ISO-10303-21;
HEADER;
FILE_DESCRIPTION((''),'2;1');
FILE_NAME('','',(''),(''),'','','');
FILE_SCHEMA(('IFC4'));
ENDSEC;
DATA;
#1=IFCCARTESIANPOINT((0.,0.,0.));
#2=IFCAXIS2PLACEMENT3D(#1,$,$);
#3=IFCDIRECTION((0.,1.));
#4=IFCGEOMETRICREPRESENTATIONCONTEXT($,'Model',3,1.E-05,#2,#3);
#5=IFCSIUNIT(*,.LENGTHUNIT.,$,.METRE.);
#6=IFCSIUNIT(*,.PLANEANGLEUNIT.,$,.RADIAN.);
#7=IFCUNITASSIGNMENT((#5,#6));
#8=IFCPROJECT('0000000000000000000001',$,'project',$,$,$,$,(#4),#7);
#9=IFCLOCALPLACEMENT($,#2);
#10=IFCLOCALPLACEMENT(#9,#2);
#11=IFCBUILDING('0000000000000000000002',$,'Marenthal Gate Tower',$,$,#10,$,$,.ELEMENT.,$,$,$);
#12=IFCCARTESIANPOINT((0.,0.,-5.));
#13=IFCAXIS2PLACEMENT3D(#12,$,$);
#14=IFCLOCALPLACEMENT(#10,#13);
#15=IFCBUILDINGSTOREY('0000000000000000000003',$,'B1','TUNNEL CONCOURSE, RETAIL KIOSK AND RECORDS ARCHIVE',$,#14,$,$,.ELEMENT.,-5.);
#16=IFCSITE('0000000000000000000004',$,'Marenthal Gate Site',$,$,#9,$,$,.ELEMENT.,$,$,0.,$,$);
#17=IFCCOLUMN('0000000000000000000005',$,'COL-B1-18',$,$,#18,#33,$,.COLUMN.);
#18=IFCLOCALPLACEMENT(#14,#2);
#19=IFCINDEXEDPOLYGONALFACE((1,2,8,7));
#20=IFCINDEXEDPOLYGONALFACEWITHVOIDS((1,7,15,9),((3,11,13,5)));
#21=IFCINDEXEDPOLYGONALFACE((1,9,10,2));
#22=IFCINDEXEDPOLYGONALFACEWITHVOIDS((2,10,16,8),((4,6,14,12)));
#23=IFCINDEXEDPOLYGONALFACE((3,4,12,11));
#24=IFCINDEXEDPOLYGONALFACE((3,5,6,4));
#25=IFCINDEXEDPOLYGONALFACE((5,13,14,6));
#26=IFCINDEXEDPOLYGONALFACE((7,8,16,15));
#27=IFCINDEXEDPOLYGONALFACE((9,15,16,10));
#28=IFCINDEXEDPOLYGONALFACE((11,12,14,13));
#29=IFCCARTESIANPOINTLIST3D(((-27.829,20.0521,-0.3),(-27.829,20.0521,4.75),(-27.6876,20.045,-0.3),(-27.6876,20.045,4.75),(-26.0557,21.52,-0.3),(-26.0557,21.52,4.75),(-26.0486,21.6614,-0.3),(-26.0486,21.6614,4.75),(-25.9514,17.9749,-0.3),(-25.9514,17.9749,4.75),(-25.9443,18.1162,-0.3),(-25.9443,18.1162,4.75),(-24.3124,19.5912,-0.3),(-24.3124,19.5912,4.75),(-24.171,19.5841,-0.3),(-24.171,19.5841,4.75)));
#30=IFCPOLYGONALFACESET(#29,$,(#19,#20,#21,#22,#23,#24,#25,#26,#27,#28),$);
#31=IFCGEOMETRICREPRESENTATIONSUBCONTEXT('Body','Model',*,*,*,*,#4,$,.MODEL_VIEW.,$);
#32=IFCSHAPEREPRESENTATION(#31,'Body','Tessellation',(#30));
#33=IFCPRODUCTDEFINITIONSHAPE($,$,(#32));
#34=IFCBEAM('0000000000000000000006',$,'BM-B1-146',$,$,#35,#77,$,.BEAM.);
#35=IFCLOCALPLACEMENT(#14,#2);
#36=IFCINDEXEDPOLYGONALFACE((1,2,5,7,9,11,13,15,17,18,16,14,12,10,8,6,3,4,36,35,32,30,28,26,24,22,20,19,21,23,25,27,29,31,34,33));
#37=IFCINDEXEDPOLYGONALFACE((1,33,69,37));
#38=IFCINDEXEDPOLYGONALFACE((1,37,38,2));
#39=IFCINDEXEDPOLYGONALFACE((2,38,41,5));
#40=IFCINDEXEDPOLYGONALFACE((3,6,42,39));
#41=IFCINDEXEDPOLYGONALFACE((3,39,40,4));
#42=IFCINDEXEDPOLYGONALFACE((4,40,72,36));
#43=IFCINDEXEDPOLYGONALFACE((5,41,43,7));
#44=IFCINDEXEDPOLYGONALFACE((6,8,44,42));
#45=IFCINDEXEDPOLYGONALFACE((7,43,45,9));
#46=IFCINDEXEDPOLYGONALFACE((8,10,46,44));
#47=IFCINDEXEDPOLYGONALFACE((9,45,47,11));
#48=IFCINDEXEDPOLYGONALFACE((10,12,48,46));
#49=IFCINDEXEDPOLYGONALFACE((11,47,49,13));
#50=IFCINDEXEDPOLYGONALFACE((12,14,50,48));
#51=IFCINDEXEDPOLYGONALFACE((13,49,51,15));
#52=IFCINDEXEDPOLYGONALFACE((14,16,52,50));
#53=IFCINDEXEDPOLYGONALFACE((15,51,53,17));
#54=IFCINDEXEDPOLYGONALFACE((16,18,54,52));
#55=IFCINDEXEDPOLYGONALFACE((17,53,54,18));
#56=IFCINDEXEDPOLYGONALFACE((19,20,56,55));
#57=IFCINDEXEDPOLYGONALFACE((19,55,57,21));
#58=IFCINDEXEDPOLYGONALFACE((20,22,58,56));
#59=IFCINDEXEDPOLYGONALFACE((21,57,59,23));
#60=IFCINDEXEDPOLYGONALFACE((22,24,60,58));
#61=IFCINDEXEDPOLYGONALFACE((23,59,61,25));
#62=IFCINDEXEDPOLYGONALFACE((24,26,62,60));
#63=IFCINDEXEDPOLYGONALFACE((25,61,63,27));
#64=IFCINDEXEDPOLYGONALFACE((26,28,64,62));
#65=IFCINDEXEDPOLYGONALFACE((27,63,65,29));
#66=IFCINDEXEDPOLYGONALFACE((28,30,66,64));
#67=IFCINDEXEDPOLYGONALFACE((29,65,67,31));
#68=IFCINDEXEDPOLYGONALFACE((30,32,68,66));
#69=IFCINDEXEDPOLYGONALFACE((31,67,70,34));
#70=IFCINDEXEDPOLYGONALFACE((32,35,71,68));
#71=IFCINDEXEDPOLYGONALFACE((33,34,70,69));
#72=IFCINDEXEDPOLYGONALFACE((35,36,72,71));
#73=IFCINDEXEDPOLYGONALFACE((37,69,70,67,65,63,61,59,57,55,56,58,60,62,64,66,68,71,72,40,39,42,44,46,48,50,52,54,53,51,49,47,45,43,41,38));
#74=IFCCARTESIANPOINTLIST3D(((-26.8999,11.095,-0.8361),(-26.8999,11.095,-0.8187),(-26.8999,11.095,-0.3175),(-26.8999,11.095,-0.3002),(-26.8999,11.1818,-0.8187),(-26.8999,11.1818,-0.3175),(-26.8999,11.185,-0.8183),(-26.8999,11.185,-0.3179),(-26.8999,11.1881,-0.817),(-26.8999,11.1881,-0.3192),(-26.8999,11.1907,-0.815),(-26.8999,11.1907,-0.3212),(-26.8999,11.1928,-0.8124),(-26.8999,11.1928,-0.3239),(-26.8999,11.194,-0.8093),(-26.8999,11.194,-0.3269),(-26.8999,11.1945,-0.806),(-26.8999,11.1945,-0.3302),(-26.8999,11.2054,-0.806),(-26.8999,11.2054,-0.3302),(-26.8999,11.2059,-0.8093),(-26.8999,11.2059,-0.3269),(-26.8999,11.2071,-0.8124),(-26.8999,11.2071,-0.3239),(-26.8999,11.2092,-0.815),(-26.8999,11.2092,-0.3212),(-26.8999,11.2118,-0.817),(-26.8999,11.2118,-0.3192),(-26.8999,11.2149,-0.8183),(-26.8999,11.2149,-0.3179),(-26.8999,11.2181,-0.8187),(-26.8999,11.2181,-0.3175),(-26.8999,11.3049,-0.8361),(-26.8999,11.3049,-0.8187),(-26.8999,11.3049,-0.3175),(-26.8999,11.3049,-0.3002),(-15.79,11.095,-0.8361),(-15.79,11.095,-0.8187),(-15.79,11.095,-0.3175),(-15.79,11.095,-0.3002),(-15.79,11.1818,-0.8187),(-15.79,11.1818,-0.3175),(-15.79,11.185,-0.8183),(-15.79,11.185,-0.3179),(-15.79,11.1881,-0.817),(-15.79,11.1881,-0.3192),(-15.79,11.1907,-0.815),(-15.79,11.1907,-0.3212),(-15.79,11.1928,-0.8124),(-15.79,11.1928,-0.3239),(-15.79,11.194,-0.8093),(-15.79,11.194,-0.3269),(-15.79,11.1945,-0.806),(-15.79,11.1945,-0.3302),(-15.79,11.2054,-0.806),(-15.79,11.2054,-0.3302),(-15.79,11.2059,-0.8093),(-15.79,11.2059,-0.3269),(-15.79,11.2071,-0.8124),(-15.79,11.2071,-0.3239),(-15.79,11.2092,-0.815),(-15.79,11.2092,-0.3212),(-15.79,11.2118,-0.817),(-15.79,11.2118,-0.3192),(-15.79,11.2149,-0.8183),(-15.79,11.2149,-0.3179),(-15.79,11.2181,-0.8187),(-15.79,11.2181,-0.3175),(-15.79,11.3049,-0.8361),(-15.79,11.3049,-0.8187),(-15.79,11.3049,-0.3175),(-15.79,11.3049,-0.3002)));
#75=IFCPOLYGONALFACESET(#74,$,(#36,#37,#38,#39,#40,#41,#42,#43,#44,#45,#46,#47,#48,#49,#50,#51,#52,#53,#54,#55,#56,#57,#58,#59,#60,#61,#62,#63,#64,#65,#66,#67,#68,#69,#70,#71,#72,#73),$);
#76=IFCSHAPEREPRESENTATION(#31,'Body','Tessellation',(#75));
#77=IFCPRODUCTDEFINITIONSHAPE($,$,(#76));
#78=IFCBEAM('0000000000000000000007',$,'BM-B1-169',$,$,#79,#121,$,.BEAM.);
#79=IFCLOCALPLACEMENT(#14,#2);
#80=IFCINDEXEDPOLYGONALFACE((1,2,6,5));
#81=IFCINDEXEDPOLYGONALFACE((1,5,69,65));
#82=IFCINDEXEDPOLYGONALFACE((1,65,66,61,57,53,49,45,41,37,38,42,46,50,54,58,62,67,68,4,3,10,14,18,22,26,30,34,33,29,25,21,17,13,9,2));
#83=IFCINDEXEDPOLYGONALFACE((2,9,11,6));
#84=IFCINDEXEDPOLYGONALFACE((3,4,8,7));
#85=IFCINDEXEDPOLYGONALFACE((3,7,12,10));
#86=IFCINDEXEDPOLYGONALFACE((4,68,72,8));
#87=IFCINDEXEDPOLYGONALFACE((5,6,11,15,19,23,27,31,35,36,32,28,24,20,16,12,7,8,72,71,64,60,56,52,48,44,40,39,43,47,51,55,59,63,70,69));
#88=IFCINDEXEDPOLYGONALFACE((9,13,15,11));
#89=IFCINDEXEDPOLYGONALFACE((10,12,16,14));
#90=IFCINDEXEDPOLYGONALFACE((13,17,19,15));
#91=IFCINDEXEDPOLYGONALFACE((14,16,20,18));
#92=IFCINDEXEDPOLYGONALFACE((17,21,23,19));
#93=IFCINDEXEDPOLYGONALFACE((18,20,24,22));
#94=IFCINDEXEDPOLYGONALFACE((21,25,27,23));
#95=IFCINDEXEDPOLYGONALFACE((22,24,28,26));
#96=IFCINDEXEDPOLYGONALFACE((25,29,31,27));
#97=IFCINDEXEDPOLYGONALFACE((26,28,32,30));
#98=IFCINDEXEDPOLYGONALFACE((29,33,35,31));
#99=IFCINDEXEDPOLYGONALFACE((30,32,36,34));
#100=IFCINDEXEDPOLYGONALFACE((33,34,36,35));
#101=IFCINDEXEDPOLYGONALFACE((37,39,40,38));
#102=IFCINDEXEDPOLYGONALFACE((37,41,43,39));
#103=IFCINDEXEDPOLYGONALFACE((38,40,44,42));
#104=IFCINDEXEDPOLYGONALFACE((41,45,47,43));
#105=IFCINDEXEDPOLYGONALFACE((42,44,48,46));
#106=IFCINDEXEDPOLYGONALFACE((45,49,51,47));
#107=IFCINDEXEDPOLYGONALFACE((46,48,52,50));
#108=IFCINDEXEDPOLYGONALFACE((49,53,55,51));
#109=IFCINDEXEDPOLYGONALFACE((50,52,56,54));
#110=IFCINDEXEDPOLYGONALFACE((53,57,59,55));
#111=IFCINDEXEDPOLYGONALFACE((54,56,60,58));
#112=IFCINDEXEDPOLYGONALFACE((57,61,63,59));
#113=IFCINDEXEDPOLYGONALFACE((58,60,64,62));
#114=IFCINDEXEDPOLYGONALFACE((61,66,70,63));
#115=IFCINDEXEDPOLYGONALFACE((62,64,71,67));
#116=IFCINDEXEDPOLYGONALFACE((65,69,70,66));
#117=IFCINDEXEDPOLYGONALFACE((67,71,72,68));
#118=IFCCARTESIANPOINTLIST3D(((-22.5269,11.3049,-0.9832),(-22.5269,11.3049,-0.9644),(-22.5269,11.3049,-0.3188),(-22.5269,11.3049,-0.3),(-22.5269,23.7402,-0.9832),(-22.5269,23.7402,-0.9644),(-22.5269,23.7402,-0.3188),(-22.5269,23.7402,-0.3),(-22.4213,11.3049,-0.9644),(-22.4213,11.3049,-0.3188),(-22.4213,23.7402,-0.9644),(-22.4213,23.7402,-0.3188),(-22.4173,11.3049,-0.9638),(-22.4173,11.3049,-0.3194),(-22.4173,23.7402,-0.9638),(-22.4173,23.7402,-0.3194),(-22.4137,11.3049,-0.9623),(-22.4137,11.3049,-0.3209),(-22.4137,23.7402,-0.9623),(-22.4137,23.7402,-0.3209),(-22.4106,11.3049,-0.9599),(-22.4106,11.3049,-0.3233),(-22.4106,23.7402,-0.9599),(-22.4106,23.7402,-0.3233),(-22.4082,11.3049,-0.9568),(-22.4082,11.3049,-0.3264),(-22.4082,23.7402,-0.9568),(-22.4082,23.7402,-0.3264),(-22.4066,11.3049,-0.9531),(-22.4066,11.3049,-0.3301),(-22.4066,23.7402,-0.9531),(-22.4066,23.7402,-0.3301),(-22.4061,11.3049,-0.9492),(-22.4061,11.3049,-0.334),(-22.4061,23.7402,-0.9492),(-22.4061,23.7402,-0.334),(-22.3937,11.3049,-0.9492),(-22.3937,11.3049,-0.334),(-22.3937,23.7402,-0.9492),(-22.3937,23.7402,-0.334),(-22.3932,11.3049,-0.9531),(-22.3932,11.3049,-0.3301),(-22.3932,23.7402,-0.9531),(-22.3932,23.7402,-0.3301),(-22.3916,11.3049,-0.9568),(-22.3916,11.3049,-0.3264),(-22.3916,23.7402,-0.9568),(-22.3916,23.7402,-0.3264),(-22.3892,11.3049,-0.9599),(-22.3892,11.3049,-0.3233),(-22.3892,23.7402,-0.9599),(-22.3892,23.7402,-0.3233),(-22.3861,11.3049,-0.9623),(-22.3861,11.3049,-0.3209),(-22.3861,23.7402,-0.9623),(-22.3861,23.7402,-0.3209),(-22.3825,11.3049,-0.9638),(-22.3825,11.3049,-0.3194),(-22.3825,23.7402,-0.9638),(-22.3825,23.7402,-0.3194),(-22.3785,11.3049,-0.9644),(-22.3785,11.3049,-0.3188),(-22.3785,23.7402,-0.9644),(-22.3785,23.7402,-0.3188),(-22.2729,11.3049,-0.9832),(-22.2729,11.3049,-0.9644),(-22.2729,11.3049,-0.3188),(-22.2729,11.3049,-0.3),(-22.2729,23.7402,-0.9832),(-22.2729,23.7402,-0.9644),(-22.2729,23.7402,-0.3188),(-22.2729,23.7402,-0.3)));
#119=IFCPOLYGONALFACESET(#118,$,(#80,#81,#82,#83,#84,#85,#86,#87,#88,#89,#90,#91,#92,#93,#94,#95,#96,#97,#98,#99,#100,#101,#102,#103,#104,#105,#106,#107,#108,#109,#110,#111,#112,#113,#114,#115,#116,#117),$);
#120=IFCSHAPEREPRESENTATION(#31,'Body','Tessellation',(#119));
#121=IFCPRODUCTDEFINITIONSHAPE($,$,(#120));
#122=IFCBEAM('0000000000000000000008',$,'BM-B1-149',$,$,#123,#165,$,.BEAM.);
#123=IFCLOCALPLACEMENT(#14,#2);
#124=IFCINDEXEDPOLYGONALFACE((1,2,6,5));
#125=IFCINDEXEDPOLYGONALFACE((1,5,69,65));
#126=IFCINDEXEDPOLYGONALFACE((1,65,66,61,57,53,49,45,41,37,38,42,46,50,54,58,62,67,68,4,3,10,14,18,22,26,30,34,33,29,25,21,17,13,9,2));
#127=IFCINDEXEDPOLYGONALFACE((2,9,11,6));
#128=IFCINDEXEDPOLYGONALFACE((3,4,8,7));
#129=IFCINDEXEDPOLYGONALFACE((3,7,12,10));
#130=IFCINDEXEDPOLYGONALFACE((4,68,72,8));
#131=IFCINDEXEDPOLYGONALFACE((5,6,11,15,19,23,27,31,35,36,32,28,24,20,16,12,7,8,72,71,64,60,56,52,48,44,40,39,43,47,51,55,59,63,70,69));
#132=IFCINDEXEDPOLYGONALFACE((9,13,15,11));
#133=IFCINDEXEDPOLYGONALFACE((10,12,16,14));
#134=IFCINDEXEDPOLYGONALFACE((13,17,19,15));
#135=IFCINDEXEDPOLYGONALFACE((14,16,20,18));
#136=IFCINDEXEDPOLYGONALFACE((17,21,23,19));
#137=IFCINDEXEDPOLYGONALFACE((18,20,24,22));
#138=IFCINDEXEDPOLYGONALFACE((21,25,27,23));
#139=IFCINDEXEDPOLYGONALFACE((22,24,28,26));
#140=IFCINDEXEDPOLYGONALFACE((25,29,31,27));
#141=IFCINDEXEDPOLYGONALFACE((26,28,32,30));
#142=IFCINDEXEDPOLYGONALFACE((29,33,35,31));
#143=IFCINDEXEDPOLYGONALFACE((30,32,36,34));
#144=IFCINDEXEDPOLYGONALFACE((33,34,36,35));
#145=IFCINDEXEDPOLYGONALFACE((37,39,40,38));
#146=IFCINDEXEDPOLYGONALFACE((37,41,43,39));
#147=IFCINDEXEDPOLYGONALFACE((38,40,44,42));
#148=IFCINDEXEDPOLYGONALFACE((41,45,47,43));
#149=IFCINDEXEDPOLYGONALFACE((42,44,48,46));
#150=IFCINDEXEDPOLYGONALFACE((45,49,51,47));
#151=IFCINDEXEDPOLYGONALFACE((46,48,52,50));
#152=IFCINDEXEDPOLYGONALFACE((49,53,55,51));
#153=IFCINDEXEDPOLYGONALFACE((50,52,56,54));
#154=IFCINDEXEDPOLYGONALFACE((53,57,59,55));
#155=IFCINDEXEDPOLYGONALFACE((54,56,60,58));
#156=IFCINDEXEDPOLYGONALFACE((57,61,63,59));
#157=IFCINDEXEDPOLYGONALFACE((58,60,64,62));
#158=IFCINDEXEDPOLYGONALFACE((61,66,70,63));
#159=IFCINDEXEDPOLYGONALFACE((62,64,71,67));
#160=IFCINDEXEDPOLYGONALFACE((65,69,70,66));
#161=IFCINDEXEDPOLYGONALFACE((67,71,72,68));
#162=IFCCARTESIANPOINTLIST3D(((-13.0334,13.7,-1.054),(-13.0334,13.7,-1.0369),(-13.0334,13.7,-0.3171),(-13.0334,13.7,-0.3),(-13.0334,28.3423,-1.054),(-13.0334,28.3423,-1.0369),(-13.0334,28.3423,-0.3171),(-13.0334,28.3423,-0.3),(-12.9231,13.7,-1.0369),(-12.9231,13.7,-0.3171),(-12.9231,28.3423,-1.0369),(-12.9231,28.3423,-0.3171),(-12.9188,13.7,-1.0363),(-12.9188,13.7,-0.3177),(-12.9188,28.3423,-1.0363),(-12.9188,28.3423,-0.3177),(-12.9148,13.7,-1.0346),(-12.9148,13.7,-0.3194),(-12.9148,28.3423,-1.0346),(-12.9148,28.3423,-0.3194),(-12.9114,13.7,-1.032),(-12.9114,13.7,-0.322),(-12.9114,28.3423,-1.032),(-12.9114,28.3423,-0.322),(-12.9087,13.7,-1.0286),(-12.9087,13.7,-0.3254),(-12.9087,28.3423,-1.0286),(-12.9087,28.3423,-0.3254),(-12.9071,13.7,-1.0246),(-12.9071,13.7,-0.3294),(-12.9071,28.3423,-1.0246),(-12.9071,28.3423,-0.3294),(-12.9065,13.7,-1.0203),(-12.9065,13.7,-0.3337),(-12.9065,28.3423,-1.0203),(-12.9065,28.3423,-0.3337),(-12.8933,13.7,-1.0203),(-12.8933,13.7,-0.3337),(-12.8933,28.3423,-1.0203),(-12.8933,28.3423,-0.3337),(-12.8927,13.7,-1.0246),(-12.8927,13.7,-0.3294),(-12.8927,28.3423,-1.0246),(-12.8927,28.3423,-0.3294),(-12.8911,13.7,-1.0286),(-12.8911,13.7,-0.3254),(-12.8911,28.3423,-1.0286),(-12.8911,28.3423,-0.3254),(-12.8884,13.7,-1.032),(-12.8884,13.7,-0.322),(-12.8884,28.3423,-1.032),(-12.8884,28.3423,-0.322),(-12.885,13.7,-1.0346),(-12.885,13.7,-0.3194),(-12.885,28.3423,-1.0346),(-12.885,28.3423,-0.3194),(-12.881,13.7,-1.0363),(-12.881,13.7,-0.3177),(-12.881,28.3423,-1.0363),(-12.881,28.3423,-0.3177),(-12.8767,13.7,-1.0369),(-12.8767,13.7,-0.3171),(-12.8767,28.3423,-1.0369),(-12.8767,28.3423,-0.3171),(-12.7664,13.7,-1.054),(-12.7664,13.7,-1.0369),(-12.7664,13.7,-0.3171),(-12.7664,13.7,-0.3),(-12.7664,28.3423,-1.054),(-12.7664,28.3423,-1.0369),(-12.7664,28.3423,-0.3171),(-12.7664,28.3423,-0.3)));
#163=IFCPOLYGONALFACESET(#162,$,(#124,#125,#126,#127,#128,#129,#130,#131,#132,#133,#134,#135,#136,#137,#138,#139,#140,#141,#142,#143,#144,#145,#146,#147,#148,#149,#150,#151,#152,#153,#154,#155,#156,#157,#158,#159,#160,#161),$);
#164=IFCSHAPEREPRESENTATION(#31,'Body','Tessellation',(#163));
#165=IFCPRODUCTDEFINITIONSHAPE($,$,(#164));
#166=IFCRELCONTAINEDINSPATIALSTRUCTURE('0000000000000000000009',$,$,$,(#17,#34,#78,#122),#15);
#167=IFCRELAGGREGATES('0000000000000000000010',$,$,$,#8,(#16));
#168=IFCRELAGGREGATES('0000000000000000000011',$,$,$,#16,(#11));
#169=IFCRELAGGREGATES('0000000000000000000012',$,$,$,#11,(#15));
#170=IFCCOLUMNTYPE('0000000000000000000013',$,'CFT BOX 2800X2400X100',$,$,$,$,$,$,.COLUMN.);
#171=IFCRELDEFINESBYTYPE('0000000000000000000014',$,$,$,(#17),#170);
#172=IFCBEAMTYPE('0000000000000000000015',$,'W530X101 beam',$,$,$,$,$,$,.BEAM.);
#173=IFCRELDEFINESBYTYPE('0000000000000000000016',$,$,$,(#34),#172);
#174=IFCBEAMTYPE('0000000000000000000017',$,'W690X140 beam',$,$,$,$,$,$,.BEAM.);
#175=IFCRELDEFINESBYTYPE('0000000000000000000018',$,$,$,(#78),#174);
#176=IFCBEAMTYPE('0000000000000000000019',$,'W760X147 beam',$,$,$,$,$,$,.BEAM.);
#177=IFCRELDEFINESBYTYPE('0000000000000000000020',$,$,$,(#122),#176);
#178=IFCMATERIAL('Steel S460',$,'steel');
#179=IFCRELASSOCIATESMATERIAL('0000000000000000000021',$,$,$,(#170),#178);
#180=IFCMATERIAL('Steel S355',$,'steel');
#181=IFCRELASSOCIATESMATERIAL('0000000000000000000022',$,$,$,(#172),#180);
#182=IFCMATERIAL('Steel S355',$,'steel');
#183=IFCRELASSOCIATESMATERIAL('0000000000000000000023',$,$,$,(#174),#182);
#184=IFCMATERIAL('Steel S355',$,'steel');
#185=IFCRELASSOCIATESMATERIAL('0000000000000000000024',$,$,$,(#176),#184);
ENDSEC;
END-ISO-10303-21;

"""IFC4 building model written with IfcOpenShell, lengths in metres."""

from ifc_helpers import new_model, si_unit, direction, frame, origin, origin_2d, place, context, subcontext, project, spatial, rectangle, hollow_rectangle, i_section, extrude, material, material_profile, profile_set, type_object, element, save


model = new_model("IFC4")

# Units and contexts
model_context = context("Model", 3, precision=1e-05, world=origin(), true_north=direction((0.0, 1.0)))
body_context = subcontext(model_context, "Body", "Model", "MODEL_VIEW")
ifc_project = project(units=[si_unit("LENGTHUNIT", "METRE"), si_unit("PLANEANGLEUNIT", "RADIAN")], contexts=[model_context])

# Site, building, storey
site_placement = place(None, origin())
site = spatial("IfcSite", under=ifc_project, at=site_placement, Name="Marenthal Gate Site", CompositionType="ELEMENT", RefElevation=0.0)
building_placement = place(site_placement, origin())
building = spatial("IfcBuilding", under=site, at=building_placement, Name="Marenthal Gate Tower", CompositionType="ELEMENT")
storey_placement = place(building_placement, frame((0.0, 0.0, -5.0)))
storey = spatial("IfcBuildingStorey", under=building, at=storey_placement, Name="B1", Description="TUNNEL CONCOURSE, RETAIL KIOSK AND RECORDS ARCHIVE", CompositionType="ELEMENT", Elevation=-5.0)

# Column
ifc_material_1 = material(Name="Steel S460", Category="steel")
ifc_material_profile_1 = material_profile(ifc_material_1, hollow_rectangle(XDim=2.3999, YDim=2.8, WallThickness=0.1001, at=origin_2d()), Name="CFT BOX 2800X2400X100")
ifc_material_2 = material(Name="Concrete 70 MPa", Category="concrete")
ifc_material_profile_2 = material_profile(ifc_material_2, rectangle(XDim=2.2, YDim=2.6001, at=origin_2d()), Name="CFT BOX 2800X2400X100 INFILL")
ifc_profile_set_1 = profile_set([ifc_material_profile_1, ifc_material_profile_2], Name="Steel S460 shell, Concrete 70 MPa infill")
column_type = type_object("IfcColumnType", Name="CFT BOX 2800X2400X100", PredefinedType="COLUMN", material=ifc_profile_set_1)
column_placement = place(storey_placement, frame((-26.0, 19.8181, -0.3), z_axis=(0.0, 0.0, 1.0), x_axis=(0.741874, 0.670539, 0.0)))
element("IfcColumn", 1, at=column_placement, inside=storey, type_object=column_type, Name="COL-B1-18", PredefinedType="COLUMN", context=body_context, shape_type="SweptSolid", body=[
    extrude(hollow_rectangle(XDim=2.3999, YDim=2.8, WallThickness=0.1001, at=origin_2d()), origin(), (0.0, 0.0, 1.0), 5.05),
])

# Beams
ifc_material_3 = material(Name="Steel S355", Category="steel")
ifc_material_profile_3 = material_profile(ifc_material_3, i_section(OverallWidth=0.21, OverallDepth=0.5359, WebThickness=0.011, FlangeThickness=0.0173, FilletRadius=0.0127, at=origin_2d()), Name="W530X101")
ifc_profile_set_2 = profile_set([ifc_material_profile_3], Name="Steel S355")
beam_type_1 = type_object("IfcBeamType", Name="W530X101 beam", PredefinedType="BEAM", material=ifc_profile_set_2)
beam_1_placement = place(storey_placement, frame((-15.79, 11.2, -0.5681), z_axis=(-1.0, 0.0, 0.0), x_axis=(0.0, -1.0, 0.0)))
element("IfcBeam", 2, at=beam_1_placement, inside=storey, type_object=beam_type_1, Name="BM-B1-146", PredefinedType="BEAM", context=body_context, shape_type="SweptSolid", body=[
    extrude(i_section(OverallWidth=0.21, OverallDepth=0.5359, WebThickness=0.011, FlangeThickness=0.0173, FilletRadius=0.0127, at=origin_2d()), origin(), (0.0, 0.0, 1.0), 11.1099),
])
ifc_material_4 = material(Name="Steel S355", Category="steel")
ifc_material_profile_4 = material_profile(ifc_material_4, i_section(OverallWidth=0.2539, OverallDepth=0.6831, WebThickness=0.0125, FlangeThickness=0.0188, FilletRadius=0.0151, at=origin_2d()), Name="W690X140")
ifc_profile_set_3 = profile_set([ifc_material_profile_4], Name="Steel S355")
beam_type_2 = type_object("IfcBeamType", Name="W690X140 beam", PredefinedType="BEAM", material=ifc_profile_set_3)
beam_2_placement = place(storey_placement, frame((-22.3999, 11.3049, -0.6416), z_axis=(0.0, 1.0, 0.0), x_axis=(-1.0, 0.0, 0.0)))
element("IfcBeam", 3, at=beam_2_placement, inside=storey, type_object=beam_type_2, Name="BM-B1-169", PredefinedType="BEAM", context=body_context, shape_type="SweptSolid", body=[
    extrude(i_section(OverallWidth=0.2539, OverallDepth=0.6831, WebThickness=0.0125, FlangeThickness=0.0188, FilletRadius=0.0151, at=origin_2d()), origin(), (0.0, 0.0, 1.0), 12.4353),
])
ifc_material_5 = material(Name="Steel S355", Category="steel")
ifc_material_profile_5 = material_profile(ifc_material_5, i_section(OverallWidth=0.2671, OverallDepth=0.7539, WebThickness=0.0132, FlangeThickness=0.0171, FilletRadius=0.0166, at=origin_2d()), Name="W760X147")
ifc_profile_set_4 = profile_set([ifc_material_profile_5], Name="Steel S355")
beam_type_3 = type_object("IfcBeamType", Name="W760X147 beam", PredefinedType="BEAM", material=ifc_profile_set_4)
beam_3_placement = place(storey_placement, frame((-12.8999, 13.7, -0.677), z_axis=(0.0, 1.0, 0.0), x_axis=(-1.0, 0.0, 0.0)))
element("IfcBeam", 4, at=beam_3_placement, inside=storey, type_object=beam_type_3, Name="BM-B1-149", PredefinedType="BEAM", context=body_context, shape_type="SweptSolid", body=[
    extrude(i_section(OverallWidth=0.2671, OverallDepth=0.7539, WebThickness=0.0132, FlangeThickness=0.0171, FilletRadius=0.0166, at=origin_2d()), origin(), (0.0, 0.0, 1.0), 14.6423),
])

save(model, "model.ifc")
